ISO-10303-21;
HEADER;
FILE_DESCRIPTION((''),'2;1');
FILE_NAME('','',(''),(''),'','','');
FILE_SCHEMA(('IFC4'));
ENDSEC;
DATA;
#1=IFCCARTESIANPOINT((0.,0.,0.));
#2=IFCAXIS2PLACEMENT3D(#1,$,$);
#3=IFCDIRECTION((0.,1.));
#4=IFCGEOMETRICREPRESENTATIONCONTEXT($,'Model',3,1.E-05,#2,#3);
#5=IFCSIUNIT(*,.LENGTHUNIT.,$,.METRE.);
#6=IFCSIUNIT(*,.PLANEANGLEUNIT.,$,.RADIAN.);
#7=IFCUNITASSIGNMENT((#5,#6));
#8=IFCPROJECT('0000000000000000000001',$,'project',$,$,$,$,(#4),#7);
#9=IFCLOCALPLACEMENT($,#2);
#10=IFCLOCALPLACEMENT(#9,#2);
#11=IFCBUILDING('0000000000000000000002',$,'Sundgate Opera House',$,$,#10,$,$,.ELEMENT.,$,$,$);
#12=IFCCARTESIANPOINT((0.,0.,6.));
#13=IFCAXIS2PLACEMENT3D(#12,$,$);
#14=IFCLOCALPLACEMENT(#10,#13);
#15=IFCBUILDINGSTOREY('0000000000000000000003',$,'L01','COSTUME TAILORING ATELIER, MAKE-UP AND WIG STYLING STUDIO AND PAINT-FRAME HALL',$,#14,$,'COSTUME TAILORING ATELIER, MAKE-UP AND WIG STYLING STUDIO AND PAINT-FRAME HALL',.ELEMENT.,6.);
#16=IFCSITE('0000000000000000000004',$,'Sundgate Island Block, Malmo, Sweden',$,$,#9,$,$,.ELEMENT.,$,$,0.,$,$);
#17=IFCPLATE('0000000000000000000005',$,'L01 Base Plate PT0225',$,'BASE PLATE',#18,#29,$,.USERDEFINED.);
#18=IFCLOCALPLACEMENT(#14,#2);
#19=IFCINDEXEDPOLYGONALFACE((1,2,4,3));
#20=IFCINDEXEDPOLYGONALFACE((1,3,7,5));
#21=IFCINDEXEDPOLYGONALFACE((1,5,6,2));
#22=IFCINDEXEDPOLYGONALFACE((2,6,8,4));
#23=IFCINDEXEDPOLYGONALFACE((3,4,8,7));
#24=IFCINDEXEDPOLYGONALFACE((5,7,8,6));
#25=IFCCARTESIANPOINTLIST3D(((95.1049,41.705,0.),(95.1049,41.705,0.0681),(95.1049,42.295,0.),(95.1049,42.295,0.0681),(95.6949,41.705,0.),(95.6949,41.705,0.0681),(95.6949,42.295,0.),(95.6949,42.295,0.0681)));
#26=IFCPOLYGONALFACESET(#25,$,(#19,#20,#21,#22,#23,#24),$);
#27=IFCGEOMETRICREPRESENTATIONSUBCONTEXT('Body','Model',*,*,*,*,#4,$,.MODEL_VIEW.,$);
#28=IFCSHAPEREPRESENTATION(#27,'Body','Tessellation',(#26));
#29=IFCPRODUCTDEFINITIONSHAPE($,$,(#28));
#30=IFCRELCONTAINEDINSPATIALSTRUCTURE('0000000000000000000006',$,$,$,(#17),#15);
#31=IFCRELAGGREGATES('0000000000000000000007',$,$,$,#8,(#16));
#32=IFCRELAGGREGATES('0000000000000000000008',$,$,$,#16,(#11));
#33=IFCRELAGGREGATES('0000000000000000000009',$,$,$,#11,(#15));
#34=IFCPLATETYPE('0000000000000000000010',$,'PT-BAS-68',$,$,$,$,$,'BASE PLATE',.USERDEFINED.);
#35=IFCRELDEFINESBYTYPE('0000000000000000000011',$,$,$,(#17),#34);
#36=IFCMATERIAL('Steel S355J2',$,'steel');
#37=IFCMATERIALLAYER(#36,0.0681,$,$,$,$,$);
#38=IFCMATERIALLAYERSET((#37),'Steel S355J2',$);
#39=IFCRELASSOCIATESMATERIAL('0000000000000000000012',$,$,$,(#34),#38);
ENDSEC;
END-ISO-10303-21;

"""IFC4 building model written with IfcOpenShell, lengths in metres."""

from ifc_helpers import new_model, si_unit, direction, frame, origin, origin_2d, place, context, subcontext, project, spatial, rectangle, extrude, material, layer, layer_set, type_object, element, save


model = new_model("IFC4")

# Units and contexts
model_context = context("Model", 3, precision=1e-05, world=origin(), true_north=direction((0.0, 1.0)))
body_context = subcontext(model_context, "Body", "Model", "MODEL_VIEW")
ifc_project = project(units=[si_unit("LENGTHUNIT", "METRE"), si_unit("PLANEANGLEUNIT", "RADIAN")], contexts=[model_context])

# Site, building, storey
site_placement = place(None, origin())
site = spatial("IfcSite", under=ifc_project, at=site_placement, Name="Sundgate Island Block, Malmo, Sweden", CompositionType="ELEMENT", RefElevation=0.0)
building_placement = place(site_placement, origin())
building = spatial("IfcBuilding", under=site, at=building_placement, Name="Sundgate Opera House", CompositionType="ELEMENT")
storey_placement = place(building_placement, frame((0.0, 0.0, 6.0)))
storey = spatial("IfcBuildingStorey", under=building, at=storey_placement, Name="L01", Description="COSTUME TAILORING ATELIER, MAKE-UP AND WIG STYLING STUDIO AND PAINT-FRAME HALL", LongName="COSTUME TAILORING ATELIER, MAKE-UP AND WIG STYLING STUDIO AND PAINT-FRAME HALL", CompositionType="ELEMENT", Elevation=6.0)

# Plate
ifc_material_1 = material(Name="Steel S355J2", Category="steel")
ifc_layer_1 = layer(ifc_material_1, 0.0681)
ifc_layer_set_1 = layer_set([ifc_layer_1], Name="Steel S355J2")
plate_type_1 = type_object("IfcPlateType", Name="PT-BAS-68", ElementType="BASE PLATE", PredefinedType="USERDEFINED", material=ifc_layer_set_1)
plate_1_placement = place(storey_placement, frame((95.3999, 42.0, 0.0), z_axis=(0.0, 0.0, 1.0), x_axis=(1.0, 0.0, 0.0)))
element("IfcPlate", 1, at=plate_1_placement, inside=storey, type_object=plate_type_1, Name="L01 Base Plate PT0225", ObjectType="BASE PLATE", PredefinedType="USERDEFINED", context=body_context, shape_type="SweptSolid", body=[
    extrude(rectangle(XDim=0.5901, YDim=0.5901, at=origin_2d()), origin(), (0.0, 0.0, 1.0), 0.0681),
])

save(model, "model.ifc")
